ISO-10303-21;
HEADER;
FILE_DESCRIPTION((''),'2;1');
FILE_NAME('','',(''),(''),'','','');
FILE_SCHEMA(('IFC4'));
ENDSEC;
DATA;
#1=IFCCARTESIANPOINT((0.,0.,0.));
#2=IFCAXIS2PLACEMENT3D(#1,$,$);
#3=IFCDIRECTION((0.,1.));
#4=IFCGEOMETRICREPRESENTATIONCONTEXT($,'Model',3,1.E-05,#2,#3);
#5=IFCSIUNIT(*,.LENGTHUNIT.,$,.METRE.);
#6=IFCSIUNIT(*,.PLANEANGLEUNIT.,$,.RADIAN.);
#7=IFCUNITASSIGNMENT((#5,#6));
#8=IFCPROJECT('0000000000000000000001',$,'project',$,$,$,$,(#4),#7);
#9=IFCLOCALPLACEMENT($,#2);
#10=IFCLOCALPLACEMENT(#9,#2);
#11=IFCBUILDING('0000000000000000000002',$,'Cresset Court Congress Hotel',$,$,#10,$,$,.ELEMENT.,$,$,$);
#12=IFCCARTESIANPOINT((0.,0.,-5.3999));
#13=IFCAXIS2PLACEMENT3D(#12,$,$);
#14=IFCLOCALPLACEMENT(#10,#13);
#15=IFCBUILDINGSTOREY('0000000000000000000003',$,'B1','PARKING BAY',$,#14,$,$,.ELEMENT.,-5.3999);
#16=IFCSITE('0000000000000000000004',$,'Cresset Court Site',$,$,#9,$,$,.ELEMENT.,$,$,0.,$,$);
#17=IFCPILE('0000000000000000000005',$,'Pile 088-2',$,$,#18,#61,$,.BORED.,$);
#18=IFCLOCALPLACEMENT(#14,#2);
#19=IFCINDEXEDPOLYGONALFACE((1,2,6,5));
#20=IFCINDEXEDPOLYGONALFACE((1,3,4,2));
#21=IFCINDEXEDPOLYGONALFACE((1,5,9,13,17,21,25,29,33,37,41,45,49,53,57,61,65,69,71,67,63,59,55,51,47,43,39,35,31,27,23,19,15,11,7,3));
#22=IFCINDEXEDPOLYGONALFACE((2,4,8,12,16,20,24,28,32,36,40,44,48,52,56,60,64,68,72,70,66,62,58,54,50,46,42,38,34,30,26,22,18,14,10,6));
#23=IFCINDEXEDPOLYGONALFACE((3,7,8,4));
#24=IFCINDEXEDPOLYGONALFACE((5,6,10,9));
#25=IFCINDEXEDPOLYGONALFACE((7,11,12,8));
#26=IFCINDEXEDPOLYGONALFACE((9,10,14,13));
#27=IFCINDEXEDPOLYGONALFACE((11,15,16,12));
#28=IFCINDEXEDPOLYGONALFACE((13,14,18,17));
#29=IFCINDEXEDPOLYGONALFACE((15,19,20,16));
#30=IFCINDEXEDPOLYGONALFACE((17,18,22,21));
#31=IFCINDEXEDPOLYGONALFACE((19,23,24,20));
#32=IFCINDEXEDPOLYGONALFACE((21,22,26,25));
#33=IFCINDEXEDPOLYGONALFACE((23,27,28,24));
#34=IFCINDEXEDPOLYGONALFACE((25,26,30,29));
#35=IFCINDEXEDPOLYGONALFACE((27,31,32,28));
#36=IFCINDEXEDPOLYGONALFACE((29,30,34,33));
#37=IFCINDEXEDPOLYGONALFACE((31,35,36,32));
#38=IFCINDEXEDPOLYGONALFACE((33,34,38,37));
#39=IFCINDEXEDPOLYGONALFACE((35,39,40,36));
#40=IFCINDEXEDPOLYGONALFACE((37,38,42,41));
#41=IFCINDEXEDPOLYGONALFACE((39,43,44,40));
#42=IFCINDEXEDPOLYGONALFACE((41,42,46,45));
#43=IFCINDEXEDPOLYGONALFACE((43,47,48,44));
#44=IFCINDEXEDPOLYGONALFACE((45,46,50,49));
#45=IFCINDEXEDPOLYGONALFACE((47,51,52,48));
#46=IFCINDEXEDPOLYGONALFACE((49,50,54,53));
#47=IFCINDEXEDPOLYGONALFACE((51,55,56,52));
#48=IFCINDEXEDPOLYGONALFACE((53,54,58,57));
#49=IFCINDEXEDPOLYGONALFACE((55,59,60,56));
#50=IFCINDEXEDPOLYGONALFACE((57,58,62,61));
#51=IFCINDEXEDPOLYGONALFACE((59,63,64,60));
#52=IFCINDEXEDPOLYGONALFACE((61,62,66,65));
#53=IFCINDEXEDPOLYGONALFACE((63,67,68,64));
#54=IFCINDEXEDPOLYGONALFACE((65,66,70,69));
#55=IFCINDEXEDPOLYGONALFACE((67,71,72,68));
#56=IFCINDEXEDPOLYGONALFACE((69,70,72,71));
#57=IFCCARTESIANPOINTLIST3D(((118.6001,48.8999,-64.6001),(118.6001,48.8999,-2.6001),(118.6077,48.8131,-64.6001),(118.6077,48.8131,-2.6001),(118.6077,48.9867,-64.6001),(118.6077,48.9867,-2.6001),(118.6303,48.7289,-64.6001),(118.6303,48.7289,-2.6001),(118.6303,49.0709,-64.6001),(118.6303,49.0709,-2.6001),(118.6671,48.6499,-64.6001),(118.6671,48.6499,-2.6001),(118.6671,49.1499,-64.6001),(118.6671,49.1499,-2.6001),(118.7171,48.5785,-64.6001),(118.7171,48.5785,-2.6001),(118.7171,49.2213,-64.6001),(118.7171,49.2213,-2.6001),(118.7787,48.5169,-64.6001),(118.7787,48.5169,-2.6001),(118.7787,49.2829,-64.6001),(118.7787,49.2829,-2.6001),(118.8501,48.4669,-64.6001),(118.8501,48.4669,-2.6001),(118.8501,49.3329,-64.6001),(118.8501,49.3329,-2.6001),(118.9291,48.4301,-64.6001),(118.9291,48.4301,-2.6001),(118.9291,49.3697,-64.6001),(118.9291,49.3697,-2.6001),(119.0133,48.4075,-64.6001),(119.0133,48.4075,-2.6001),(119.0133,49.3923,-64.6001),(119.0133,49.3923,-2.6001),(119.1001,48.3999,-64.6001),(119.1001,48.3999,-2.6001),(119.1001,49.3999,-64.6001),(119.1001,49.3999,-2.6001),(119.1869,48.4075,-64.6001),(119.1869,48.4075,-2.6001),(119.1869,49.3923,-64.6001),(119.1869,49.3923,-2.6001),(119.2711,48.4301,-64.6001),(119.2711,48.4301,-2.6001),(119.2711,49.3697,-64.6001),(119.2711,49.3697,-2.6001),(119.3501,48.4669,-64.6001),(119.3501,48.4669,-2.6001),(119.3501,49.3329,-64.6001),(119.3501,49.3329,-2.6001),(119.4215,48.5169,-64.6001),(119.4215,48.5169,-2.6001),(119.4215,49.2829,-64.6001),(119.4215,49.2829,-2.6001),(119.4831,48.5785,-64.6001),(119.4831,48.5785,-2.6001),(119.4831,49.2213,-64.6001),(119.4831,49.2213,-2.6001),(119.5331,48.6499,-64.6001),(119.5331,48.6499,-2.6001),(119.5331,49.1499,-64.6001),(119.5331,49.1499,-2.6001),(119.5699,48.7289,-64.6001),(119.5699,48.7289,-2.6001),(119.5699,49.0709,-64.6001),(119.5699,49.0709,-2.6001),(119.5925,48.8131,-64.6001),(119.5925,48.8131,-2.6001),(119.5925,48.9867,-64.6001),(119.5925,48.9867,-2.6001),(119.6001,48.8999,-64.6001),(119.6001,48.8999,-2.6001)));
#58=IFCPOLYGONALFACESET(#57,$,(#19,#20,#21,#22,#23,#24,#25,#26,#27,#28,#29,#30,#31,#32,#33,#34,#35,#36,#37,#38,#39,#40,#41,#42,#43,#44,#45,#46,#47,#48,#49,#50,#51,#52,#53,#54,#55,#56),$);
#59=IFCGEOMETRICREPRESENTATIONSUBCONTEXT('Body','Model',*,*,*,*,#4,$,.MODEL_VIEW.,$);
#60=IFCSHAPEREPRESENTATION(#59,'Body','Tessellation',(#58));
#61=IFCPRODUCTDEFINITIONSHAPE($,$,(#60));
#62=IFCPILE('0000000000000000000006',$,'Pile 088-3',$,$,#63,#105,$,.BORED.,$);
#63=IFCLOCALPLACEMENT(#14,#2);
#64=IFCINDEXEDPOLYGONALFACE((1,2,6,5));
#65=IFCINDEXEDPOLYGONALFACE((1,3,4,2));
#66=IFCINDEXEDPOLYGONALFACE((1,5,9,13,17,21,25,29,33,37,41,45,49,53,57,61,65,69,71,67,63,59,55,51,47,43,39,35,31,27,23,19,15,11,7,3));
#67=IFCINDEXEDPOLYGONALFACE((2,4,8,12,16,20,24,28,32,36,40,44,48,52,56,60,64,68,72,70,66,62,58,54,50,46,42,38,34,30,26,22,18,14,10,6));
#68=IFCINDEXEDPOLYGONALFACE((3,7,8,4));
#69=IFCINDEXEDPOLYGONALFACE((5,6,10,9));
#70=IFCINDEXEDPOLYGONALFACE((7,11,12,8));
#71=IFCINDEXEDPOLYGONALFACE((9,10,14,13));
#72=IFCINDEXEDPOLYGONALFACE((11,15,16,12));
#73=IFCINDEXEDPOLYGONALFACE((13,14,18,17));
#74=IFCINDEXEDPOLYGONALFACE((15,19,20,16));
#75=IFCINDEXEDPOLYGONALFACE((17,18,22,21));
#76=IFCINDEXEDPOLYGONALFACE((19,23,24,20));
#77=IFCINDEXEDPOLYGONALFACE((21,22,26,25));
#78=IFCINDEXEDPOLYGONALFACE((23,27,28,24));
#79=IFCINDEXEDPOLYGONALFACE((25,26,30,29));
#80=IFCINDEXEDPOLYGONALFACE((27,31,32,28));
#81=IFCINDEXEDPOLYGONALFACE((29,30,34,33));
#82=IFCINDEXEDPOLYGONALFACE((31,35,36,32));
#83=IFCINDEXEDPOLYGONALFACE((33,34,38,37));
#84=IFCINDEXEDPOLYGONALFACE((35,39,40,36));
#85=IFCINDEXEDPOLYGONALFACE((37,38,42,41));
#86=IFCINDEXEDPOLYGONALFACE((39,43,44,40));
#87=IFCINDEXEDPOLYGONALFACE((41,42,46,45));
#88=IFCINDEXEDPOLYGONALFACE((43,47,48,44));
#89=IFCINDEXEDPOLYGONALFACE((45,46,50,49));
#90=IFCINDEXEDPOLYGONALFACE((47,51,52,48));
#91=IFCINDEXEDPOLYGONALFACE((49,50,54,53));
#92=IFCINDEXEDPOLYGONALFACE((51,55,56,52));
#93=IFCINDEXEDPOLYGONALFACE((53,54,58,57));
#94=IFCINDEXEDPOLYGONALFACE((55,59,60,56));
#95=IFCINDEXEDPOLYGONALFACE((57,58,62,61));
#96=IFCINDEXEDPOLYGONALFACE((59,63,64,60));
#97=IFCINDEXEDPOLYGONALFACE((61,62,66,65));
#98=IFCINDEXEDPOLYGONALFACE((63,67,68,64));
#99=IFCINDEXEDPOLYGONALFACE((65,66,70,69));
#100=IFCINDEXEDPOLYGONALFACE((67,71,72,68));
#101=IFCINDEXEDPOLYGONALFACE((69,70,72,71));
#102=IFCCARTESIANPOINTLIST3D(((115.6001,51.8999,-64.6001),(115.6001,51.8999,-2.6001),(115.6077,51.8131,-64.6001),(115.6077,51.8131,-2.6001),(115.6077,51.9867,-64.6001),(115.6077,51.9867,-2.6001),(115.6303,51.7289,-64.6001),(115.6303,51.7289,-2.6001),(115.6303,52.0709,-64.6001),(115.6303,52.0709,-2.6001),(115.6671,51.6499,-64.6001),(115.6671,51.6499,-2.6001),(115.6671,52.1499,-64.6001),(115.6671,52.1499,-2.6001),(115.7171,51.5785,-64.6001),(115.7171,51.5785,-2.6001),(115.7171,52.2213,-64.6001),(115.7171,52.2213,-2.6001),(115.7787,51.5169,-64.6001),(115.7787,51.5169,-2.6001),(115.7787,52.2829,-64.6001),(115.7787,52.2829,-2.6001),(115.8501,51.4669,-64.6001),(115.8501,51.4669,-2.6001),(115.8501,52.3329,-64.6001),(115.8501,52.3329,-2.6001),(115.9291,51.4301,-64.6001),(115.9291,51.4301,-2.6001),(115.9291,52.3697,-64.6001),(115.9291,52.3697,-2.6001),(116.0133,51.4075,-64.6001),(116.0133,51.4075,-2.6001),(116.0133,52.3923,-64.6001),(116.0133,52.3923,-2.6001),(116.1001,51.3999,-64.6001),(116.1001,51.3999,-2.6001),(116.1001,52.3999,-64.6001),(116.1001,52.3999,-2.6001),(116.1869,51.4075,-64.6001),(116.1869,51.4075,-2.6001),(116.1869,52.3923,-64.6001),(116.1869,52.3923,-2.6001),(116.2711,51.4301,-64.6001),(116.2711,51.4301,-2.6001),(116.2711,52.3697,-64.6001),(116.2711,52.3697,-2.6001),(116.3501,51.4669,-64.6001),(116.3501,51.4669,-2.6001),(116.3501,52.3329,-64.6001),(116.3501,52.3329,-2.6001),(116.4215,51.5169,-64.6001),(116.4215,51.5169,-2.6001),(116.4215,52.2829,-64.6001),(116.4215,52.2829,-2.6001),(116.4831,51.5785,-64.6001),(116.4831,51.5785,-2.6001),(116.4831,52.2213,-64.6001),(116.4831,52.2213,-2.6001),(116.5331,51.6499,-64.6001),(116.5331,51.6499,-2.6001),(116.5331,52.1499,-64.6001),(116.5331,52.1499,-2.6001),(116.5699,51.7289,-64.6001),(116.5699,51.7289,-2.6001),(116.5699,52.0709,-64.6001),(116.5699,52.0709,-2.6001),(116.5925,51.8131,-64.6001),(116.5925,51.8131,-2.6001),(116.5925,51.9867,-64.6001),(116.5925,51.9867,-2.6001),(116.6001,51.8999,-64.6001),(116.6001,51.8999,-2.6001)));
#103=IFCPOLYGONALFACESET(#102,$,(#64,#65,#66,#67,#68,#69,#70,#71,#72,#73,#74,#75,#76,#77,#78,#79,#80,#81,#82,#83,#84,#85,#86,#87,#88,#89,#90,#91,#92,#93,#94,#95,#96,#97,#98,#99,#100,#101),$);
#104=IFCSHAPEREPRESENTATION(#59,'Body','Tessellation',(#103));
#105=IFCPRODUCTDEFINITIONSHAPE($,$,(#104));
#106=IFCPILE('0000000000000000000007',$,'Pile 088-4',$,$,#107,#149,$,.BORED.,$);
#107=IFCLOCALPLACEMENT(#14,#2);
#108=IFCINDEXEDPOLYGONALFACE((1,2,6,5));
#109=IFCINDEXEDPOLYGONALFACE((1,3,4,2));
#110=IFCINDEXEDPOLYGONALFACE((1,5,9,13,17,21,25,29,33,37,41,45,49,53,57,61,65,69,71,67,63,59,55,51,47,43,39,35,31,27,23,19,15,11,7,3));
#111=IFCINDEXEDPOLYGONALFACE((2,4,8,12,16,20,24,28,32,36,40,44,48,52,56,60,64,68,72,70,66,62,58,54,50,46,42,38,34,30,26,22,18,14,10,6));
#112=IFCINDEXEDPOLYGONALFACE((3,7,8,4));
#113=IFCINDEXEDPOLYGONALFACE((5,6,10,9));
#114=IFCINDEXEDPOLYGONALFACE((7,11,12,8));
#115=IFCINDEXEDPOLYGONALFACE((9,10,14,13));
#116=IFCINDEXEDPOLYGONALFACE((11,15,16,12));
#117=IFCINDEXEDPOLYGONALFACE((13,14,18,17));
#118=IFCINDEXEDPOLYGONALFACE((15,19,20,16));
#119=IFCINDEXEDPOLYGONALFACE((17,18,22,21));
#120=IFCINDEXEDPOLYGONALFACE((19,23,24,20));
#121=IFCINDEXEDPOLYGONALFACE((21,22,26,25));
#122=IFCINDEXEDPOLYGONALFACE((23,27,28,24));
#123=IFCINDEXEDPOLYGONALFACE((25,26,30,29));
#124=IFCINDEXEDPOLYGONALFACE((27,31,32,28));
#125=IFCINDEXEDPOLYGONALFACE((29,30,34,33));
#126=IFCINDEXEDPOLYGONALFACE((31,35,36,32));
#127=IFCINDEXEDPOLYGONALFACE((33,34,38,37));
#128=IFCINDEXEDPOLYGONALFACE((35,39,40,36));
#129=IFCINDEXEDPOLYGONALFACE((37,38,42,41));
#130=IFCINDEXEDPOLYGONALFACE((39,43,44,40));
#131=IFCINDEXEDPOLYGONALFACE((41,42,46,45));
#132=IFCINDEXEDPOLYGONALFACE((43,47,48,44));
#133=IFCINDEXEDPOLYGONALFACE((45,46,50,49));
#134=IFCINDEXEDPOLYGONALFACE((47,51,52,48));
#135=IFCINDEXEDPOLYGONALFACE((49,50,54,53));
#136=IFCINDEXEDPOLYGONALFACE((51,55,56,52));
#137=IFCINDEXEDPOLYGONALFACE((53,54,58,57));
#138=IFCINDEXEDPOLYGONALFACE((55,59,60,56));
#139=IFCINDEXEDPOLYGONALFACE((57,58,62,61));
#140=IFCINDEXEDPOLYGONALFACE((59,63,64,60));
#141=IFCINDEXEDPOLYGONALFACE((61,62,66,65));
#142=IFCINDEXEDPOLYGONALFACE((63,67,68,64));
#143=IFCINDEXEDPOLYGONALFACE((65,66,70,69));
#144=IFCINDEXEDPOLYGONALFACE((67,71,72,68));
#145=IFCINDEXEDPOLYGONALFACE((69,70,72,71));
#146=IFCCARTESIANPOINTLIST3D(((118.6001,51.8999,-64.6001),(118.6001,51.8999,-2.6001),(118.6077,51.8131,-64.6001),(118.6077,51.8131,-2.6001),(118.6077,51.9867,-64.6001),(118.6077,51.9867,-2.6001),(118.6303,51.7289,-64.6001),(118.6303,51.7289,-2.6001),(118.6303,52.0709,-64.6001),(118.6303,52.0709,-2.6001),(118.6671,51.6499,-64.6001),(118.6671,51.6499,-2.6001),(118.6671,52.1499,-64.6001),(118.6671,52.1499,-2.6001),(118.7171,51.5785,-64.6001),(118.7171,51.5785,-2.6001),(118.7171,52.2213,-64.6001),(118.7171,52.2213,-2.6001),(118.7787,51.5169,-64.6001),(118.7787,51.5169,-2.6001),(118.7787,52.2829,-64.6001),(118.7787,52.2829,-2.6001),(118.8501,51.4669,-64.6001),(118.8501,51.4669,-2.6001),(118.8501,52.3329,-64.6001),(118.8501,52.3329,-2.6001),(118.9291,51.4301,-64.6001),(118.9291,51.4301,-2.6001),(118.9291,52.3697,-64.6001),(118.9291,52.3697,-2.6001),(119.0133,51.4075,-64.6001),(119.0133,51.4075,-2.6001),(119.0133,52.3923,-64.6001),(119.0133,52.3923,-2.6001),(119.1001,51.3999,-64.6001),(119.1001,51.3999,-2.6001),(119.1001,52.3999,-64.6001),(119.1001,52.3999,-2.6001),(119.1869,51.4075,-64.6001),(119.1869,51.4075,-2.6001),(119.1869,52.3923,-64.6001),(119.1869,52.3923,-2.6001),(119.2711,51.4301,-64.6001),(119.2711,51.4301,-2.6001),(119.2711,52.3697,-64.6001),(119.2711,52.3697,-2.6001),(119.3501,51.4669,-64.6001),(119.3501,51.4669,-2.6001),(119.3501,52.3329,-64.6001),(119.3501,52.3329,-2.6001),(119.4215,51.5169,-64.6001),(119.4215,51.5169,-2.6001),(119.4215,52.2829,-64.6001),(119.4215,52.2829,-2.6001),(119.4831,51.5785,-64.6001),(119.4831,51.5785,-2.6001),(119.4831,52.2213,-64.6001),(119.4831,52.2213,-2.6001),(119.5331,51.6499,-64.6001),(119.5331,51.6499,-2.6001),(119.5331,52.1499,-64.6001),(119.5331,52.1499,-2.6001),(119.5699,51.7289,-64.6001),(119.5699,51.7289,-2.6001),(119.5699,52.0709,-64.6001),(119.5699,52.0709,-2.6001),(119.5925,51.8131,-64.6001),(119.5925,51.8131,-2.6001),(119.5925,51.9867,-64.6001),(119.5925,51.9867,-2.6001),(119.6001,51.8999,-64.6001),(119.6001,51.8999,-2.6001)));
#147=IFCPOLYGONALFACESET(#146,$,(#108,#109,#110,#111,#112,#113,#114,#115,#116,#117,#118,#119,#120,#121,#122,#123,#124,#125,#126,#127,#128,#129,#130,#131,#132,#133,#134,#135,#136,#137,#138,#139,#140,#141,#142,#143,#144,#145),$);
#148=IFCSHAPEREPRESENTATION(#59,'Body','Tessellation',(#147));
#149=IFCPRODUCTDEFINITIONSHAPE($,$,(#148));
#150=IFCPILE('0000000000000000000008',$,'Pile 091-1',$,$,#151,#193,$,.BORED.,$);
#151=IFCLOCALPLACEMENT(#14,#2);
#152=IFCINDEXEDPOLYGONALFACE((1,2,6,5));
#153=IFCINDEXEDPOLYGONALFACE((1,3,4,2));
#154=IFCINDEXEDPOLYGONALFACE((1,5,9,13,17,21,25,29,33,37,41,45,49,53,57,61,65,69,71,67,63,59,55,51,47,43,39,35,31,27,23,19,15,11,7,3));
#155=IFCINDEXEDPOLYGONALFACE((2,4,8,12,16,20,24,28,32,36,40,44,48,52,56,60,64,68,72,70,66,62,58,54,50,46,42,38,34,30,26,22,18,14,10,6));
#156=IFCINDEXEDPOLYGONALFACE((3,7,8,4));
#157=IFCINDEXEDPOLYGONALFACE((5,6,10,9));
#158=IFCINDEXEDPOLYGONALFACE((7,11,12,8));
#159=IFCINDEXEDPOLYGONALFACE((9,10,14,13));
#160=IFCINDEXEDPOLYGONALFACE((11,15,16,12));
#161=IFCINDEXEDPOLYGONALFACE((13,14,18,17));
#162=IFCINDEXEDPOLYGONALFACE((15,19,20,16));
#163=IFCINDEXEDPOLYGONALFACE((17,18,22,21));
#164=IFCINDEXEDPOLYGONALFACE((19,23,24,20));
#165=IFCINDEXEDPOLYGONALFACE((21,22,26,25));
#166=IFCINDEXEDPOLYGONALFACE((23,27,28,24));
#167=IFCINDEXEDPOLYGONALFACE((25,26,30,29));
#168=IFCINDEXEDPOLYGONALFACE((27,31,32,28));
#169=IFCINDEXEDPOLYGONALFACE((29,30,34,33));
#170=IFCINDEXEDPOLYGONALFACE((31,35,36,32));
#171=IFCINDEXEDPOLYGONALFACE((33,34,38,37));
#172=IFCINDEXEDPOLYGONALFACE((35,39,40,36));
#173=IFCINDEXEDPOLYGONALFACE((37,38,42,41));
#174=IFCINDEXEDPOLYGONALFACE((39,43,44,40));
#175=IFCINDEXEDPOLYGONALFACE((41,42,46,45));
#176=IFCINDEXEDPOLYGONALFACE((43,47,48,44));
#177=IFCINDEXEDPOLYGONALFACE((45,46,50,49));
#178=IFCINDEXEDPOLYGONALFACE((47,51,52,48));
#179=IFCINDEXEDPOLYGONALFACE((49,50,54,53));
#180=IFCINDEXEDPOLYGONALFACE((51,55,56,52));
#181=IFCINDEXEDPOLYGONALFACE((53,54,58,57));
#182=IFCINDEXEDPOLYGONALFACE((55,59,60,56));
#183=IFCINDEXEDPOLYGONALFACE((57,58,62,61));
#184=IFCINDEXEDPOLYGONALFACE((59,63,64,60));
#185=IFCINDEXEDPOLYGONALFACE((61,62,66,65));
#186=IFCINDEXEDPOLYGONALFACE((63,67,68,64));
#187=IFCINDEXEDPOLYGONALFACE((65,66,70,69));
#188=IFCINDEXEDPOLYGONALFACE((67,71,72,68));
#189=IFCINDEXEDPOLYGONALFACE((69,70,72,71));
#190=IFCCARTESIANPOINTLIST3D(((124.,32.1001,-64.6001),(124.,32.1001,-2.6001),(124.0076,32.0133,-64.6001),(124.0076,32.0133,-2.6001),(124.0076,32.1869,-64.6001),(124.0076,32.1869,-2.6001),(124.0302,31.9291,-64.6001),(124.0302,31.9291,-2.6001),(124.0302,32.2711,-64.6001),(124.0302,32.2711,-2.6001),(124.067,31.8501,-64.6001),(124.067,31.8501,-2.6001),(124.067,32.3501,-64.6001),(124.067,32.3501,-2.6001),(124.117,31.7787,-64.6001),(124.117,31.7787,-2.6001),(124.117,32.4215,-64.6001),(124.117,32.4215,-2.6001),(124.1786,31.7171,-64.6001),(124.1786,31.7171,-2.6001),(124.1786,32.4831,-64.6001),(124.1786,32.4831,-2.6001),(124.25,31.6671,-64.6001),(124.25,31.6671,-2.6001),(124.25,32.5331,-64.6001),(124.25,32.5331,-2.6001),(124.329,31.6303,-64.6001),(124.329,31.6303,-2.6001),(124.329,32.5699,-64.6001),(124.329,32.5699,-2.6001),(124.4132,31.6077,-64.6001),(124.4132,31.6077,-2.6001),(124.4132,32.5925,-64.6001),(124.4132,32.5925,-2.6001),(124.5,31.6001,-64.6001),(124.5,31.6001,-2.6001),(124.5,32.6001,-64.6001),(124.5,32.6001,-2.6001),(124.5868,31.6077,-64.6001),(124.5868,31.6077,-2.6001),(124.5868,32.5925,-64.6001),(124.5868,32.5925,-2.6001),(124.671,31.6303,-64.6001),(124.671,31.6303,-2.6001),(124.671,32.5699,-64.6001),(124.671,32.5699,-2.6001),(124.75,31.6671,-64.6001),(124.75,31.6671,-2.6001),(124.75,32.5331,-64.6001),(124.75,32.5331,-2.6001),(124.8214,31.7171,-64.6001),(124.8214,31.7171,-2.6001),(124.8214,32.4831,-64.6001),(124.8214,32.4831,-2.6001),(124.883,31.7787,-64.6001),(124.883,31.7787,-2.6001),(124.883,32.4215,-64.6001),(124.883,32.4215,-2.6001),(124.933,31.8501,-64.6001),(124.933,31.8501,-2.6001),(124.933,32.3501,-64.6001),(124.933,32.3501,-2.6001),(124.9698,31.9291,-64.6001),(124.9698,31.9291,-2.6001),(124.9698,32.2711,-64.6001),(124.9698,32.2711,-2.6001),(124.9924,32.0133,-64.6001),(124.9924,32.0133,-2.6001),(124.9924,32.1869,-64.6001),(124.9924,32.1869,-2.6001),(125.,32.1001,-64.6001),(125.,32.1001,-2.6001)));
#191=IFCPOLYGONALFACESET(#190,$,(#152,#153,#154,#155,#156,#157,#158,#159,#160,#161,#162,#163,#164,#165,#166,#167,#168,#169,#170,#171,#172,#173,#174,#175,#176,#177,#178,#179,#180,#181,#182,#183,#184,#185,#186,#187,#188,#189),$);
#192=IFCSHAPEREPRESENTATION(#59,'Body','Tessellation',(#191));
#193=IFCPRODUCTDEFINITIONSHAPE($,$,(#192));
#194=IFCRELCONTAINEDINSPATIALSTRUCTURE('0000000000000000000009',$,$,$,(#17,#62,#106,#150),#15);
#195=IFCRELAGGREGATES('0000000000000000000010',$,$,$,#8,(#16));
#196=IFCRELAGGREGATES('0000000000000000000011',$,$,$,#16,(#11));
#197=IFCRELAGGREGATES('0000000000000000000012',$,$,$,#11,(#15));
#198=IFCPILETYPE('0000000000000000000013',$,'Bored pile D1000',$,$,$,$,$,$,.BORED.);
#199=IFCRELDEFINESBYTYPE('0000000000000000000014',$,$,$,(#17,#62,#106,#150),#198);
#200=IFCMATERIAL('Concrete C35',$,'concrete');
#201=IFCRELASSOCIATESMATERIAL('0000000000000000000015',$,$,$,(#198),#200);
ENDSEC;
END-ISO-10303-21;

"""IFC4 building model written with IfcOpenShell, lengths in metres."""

from ifc_helpers import new_model, si_unit, direction, frame, origin, origin_2d, place, context, subcontext, project, spatial, circle, extrude, material, type_object, element, save


model = new_model("IFC4")

# Units and contexts
model_context = context("Model", 3, precision=1e-05, world=origin(), true_north=direction((0.0, 1.0)))
body_context = subcontext(model_context, "Body", "Model", "MODEL_VIEW")
ifc_project = project(units=[si_unit("LENGTHUNIT", "METRE"), si_unit("PLANEANGLEUNIT", "RADIAN")], contexts=[model_context])

# Site, building, storey
site_placement = place(None, origin())
site = spatial("IfcSite", under=ifc_project, at=site_placement, Name="Cresset Court Site", CompositionType="ELEMENT", RefElevation=0.0)
building_placement = place(site_placement, origin())
building = spatial("IfcBuilding", under=site, at=building_placement, Name="Cresset Court Congress Hotel", CompositionType="ELEMENT")
storey_placement = place(building_placement, frame((0.0, 0.0, -5.3999)))
storey = spatial("IfcBuildingStorey", under=building, at=storey_placement, Name="B1", Description="PARKING BAY", CompositionType="ELEMENT", Elevation=-5.3999)

# Piles
ifc_material_1 = material(Name="Concrete C35", Category="concrete")
pile_type = type_object("IfcPileType", Name="Bored pile D1000", PredefinedType="BORED", material=ifc_material_1)
for number, where, z_axis, x_axis, name in (
    (1, (119.1001, 48.8999, -2.6001), (0.0, 0.0, -1.0), (1.0, 0.0, 0.0), "Pile 088-2"),
    (2, (116.1001, 51.8999, -2.6001), (0.0, 0.0, -1.0), (1.0, 0.0, 0.0), "Pile 088-3"),
    (3, (119.1001, 51.8999, -2.6001), (0.0, 0.0, -1.0), (1.0, 0.0, 0.0), "Pile 088-4"),
    (4, (124.5, 32.1001, -2.6001), (0.0, 0.0, -1.0), (1.0, 0.0, 0.0), "Pile 091-1"),
):
    element("IfcPile", number, at=place(storey_placement, frame(where, z_axis=z_axis, x_axis=x_axis)), inside=storey, type_object=pile_type, Name=name, PredefinedType="BORED", context=body_context, shape_type="SweptSolid", body=[
        extrude(circle(Radius=0.5, at=origin_2d()), origin(), (0.0, 0.0, 1.0), 62.0),
    ])

save(model, "model.ifc")
